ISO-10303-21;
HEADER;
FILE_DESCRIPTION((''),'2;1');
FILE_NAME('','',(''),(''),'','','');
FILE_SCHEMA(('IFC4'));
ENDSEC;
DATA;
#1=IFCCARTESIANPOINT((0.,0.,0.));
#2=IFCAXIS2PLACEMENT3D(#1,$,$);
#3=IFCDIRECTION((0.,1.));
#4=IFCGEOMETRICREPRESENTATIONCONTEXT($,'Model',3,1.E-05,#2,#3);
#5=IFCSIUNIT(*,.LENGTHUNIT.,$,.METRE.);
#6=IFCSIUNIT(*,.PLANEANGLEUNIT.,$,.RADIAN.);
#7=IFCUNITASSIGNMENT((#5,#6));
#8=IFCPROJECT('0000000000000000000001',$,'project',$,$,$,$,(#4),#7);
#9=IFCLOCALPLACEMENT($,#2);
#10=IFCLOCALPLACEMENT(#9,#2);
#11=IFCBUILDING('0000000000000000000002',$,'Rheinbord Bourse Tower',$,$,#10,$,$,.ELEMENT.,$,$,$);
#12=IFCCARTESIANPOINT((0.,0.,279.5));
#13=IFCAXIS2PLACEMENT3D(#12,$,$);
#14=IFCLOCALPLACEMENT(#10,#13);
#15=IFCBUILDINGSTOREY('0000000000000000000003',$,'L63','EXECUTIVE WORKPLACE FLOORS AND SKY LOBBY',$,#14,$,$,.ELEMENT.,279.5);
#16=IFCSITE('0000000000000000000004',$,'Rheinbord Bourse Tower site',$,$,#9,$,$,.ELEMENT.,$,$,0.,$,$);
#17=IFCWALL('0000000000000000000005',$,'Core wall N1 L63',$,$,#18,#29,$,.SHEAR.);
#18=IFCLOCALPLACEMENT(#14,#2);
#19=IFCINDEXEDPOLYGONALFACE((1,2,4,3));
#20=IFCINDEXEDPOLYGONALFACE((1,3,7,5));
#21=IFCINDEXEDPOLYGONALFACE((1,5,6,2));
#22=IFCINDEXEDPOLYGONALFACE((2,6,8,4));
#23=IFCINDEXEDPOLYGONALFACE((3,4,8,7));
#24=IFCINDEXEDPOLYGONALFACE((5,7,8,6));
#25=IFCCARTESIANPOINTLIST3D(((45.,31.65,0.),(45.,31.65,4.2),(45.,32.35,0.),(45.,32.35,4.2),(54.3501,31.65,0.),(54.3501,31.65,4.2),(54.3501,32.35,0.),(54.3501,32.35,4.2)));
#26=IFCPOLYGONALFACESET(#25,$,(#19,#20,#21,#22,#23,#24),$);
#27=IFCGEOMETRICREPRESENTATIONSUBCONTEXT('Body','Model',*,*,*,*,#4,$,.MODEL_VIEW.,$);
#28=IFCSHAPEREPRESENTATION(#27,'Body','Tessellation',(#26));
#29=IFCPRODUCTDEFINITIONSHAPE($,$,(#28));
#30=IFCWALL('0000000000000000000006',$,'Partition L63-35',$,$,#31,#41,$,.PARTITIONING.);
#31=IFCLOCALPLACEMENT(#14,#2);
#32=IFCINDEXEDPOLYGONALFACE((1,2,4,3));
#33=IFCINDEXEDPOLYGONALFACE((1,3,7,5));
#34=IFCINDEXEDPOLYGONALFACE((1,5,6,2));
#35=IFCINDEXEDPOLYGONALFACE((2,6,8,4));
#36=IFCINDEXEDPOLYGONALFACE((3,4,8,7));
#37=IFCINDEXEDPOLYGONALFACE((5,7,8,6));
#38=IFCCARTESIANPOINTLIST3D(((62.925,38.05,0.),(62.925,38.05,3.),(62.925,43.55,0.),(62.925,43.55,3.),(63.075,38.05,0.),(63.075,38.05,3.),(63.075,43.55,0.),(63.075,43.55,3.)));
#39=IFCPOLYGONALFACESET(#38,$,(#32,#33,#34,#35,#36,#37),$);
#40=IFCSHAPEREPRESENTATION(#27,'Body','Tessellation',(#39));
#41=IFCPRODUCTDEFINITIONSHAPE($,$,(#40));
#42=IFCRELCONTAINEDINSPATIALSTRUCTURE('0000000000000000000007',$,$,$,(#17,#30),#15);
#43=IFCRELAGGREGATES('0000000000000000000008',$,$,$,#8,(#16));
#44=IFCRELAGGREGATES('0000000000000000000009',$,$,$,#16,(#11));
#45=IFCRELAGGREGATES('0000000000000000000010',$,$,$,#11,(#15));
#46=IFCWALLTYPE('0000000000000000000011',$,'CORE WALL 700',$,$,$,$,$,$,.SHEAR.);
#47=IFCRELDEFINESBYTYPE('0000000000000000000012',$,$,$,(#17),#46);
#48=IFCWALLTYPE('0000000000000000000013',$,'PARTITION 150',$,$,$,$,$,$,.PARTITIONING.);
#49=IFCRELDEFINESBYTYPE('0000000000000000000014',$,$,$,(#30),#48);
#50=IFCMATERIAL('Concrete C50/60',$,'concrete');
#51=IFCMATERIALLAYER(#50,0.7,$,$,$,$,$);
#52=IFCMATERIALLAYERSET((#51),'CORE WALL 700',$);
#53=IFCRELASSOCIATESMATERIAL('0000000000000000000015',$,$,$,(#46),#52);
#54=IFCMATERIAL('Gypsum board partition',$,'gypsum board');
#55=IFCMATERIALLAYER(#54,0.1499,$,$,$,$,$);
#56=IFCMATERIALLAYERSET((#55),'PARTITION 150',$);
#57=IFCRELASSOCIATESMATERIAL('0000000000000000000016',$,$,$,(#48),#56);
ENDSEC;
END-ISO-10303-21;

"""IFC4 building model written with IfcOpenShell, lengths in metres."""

from ifc_helpers import new_model, si_unit, direction, frame, frame_2d, origin, place, context, subcontext, project, spatial, rectangle, extrude, material, layer, layer_set, type_object, element, save


model = new_model("IFC4")

# Units and contexts
model_context = context("Model", 3, precision=1e-05, world=origin(), true_north=direction((0.0, 1.0)))
body_context = subcontext(model_context, "Body", "Model", "MODEL_VIEW")
ifc_project = project(units=[si_unit("LENGTHUNIT", "METRE"), si_unit("PLANEANGLEUNIT", "RADIAN")], contexts=[model_context])

# Site, building, storey
site_placement = place(None, origin())
site = spatial("IfcSite", under=ifc_project, at=site_placement, Name="Rheinbord Bourse Tower site", CompositionType="ELEMENT", RefElevation=0.0)
building_placement = place(site_placement, origin())
building = spatial("IfcBuilding", under=site, at=building_placement, Name="Rheinbord Bourse Tower", CompositionType="ELEMENT")
storey_placement = place(building_placement, frame((0.0, 0.0, 279.5)))
storey = spatial("IfcBuildingStorey", under=building, at=storey_placement, Name="L63", Description="EXECUTIVE WORKPLACE FLOORS AND SKY LOBBY", CompositionType="ELEMENT", Elevation=279.5)

# Walls
ifc_material_1 = material(Name="Concrete C50/60", Category="concrete")
ifc_layer_1 = layer(ifc_material_1, 0.7)
ifc_layer_set_1 = layer_set([ifc_layer_1], Name="CORE WALL 700")
wall_type_1 = type_object("IfcWallType", Name="CORE WALL 700", PredefinedType="SHEAR", material=ifc_layer_set_1)
wall_1_placement = place(storey_placement, frame((54.3501, 32.0, 0.0), z_axis=(0.0, 0.0, 1.0), x_axis=(-1.0, 0.0, 0.0)))
element("IfcWall", 1, at=wall_1_placement, inside=storey, type_object=wall_type_1, Name="Core wall N1 L63", PredefinedType="SHEAR", context=body_context, shape_type="SweptSolid", body=[
    extrude(rectangle(XDim=9.3501, YDim=0.7, at=frame_2d((4.675, 0.0))), origin(), (0.0, 0.0, 1.0), 4.2),
])
ifc_material_2 = material(Name="Gypsum board partition", Category="gypsum board")
ifc_layer_2 = layer(ifc_material_2, 0.1499)
ifc_layer_set_2 = layer_set([ifc_layer_2], Name="PARTITION 150")
wall_type_2 = type_object("IfcWallType", Name="PARTITION 150", PredefinedType="PARTITIONING", material=ifc_layer_set_2)
wall_2_placement = place(storey_placement, frame((63.0, 38.05, 0.0), z_axis=(0.0, 0.0, 1.0), x_axis=(0.0, 1.0, 0.0)))
element("IfcWall", 2, at=wall_2_placement, inside=storey, type_object=wall_type_2, Name="Partition L63-35", PredefinedType="PARTITIONING", context=body_context, shape_type="SweptSolid", body=[
    extrude(rectangle(XDim=5.5, YDim=0.1499, at=frame_2d((2.75, 0.0))), origin(), (0.0, 0.0, 1.0), 3.0),
])

save(model, "model.ifc")
